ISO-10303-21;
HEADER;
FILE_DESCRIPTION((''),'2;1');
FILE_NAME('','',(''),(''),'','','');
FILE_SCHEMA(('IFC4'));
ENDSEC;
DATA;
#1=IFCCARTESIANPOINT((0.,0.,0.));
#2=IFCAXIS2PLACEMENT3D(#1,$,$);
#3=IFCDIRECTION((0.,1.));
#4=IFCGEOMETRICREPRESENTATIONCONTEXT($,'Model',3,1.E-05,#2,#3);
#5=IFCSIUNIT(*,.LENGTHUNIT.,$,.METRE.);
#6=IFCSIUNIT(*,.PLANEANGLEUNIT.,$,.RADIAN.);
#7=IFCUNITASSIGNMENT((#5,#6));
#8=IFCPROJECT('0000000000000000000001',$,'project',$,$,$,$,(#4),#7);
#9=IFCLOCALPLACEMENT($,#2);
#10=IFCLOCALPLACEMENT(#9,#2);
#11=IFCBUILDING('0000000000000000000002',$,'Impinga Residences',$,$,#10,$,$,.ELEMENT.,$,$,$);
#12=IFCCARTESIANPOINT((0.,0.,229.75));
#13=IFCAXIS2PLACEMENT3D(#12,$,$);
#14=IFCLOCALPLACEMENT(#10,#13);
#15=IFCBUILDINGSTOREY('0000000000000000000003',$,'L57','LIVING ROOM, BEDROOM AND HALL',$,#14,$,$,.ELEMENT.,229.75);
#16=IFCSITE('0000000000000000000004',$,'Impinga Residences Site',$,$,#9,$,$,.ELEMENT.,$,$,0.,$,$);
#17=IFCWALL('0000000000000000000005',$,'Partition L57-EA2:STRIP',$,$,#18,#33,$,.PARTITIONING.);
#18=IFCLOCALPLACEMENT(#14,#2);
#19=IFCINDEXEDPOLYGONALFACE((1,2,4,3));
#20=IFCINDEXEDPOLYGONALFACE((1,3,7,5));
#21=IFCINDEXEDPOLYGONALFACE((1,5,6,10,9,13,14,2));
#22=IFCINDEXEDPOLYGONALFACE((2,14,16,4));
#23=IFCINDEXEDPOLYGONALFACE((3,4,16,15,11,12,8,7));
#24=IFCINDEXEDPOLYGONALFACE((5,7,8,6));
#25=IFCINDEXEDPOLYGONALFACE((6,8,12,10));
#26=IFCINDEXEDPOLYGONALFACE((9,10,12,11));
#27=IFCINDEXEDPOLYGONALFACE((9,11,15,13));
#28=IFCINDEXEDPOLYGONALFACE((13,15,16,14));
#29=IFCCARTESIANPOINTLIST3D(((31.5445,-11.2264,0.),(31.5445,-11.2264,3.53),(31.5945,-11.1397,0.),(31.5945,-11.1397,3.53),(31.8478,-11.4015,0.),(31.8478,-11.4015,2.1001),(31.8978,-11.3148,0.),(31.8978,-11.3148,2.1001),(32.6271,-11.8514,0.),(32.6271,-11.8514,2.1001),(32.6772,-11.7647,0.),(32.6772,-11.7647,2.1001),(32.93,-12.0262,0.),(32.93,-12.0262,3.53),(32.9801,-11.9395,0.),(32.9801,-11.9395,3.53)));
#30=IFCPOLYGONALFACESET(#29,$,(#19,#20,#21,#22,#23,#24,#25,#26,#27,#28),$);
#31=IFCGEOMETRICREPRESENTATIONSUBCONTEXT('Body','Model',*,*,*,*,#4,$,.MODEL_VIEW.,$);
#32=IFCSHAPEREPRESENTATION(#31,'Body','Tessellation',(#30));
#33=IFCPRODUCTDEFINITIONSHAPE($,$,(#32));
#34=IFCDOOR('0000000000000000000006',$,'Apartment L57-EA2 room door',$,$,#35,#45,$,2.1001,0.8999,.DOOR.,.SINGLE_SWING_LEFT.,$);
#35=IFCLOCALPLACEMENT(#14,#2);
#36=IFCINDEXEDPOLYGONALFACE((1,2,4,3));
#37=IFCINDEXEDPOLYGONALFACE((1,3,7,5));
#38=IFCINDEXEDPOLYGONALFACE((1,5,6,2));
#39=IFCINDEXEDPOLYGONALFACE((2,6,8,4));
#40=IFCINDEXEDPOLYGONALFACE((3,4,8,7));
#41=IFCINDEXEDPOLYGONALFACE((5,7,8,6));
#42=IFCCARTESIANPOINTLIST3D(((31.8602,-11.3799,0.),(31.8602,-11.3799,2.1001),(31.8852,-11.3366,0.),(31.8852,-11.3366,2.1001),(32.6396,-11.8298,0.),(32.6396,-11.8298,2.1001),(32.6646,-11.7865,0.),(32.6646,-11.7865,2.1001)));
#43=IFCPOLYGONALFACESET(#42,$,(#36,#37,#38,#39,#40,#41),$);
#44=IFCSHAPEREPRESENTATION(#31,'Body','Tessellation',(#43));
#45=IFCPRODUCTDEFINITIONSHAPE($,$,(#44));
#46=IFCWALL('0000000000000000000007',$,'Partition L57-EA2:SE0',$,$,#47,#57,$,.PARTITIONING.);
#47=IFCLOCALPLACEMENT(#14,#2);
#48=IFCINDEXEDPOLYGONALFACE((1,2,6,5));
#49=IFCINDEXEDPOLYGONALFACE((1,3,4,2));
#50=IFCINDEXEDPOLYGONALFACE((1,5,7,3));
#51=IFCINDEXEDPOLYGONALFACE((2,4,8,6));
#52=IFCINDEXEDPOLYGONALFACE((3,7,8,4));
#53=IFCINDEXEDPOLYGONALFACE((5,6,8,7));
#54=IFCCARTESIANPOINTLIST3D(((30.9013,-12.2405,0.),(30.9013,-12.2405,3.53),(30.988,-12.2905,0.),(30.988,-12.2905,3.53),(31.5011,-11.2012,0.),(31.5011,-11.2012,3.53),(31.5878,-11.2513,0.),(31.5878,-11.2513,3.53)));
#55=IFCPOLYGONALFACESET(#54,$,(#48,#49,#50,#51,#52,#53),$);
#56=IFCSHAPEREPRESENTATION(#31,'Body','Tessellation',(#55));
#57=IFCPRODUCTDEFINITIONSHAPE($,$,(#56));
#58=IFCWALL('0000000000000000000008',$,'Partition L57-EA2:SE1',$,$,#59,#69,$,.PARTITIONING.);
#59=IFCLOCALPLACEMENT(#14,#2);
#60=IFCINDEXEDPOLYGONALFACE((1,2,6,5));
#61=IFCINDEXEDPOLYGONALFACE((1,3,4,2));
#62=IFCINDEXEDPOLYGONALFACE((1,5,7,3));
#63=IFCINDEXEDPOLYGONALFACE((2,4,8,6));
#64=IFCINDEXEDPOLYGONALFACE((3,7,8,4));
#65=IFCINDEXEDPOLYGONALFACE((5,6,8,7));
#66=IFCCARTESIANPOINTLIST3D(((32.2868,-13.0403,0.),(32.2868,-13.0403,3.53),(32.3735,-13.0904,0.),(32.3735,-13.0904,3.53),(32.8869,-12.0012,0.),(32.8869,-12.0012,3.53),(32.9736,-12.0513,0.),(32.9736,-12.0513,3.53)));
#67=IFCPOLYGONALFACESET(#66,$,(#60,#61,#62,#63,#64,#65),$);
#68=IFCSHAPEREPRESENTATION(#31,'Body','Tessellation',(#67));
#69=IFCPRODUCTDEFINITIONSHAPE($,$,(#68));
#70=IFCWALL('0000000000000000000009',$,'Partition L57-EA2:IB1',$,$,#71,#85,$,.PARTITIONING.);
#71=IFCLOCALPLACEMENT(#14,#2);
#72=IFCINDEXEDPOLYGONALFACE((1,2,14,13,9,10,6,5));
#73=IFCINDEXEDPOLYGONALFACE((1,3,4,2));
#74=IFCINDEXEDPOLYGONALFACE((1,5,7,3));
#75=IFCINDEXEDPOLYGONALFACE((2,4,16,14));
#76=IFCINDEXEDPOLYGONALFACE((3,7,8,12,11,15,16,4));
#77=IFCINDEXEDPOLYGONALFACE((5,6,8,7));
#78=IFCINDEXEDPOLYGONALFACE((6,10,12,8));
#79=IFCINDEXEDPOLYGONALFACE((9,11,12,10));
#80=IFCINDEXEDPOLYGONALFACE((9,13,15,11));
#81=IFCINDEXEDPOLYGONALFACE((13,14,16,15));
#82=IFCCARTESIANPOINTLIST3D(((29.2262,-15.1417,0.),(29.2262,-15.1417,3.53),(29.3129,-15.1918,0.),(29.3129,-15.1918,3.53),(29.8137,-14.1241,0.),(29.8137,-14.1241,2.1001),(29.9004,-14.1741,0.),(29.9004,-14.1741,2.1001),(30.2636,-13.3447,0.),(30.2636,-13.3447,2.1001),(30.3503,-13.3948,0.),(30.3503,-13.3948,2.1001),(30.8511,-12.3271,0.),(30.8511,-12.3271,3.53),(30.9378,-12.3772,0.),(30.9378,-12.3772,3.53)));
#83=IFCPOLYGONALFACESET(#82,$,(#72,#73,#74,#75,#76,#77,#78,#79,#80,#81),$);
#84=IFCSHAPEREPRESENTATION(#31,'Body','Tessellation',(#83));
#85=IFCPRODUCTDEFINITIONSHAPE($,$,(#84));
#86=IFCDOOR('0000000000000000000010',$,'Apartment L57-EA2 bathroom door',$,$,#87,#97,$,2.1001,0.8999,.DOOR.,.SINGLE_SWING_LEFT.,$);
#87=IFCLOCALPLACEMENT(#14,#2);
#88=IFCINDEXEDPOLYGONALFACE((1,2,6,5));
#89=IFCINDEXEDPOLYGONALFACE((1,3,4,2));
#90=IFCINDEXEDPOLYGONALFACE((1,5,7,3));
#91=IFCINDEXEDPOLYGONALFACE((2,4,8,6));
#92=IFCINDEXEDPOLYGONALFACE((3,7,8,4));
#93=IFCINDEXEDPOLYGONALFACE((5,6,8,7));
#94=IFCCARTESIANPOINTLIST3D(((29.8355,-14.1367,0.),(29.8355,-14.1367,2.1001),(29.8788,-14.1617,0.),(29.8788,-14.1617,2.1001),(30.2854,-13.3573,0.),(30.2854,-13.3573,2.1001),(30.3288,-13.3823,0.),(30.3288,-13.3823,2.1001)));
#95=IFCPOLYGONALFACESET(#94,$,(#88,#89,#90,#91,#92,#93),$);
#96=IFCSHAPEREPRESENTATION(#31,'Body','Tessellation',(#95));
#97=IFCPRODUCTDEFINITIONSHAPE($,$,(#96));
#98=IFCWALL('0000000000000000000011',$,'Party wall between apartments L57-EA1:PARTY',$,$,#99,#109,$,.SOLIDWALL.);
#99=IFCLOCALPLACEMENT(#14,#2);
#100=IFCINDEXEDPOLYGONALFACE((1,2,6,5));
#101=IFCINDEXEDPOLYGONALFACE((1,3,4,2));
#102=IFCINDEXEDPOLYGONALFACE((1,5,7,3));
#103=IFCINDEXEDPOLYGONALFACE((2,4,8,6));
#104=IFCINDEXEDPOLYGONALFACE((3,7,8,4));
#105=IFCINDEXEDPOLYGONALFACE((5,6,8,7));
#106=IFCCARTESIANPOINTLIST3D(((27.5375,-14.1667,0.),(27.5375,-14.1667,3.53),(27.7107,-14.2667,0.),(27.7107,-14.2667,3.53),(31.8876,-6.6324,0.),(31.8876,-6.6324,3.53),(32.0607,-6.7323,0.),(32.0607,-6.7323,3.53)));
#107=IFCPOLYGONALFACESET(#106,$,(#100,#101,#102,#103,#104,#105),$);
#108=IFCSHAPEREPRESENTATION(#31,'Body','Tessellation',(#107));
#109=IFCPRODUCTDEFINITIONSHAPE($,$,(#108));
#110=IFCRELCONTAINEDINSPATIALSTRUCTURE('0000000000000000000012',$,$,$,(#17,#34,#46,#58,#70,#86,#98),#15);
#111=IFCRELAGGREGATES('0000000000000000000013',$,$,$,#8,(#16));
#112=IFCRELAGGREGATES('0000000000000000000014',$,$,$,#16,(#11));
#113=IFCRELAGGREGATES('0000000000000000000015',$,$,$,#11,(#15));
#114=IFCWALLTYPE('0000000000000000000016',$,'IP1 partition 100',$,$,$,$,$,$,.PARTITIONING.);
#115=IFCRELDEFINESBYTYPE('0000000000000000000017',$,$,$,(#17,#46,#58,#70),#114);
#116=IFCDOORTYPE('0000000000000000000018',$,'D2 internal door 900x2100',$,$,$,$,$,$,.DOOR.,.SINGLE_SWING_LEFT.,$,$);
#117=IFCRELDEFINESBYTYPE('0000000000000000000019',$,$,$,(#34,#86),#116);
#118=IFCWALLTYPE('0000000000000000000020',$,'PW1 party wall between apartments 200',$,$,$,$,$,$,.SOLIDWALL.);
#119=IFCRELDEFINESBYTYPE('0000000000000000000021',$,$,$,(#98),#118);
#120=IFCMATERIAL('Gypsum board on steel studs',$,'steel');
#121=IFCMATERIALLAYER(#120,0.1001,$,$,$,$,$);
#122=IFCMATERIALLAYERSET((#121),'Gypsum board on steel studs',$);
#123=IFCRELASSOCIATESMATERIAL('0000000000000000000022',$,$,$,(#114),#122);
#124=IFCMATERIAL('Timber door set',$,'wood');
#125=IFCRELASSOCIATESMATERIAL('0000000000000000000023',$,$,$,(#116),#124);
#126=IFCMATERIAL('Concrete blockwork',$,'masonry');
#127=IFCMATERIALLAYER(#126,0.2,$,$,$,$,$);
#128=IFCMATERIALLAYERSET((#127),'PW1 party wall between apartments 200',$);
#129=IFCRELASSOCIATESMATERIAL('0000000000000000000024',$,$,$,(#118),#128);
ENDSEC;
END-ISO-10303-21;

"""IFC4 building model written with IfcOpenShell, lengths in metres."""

from ifc_helpers import new_model, si_unit, direction, frame, frame_2d, origin, place, context, subcontext, project, spatial, rectangle, extrude, material, layer, layer_set, type_object, element, fill, save


model = new_model("IFC4")

# Units and contexts
model_context = context("Model", 3, precision=1e-05, world=origin(), true_north=direction((0.0, 1.0)))
body_context = subcontext(model_context, "Body", "Model", "MODEL_VIEW")
ifc_project = project(units=[si_unit("LENGTHUNIT", "METRE"), si_unit("PLANEANGLEUNIT", "RADIAN")], contexts=[model_context])

# Site, building, storey
site_placement = place(None, origin())
site = spatial("IfcSite", under=ifc_project, at=site_placement, Name="Impinga Residences Site", CompositionType="ELEMENT", RefElevation=0.0)
building_placement = place(site_placement, origin())
building = spatial("IfcBuilding", under=site, at=building_placement, Name="Impinga Residences", CompositionType="ELEMENT")
storey_placement = place(building_placement, frame((0.0, 0.0, 229.75)))
storey = spatial("IfcBuildingStorey", under=building, at=storey_placement, Name="L57", Description="LIVING ROOM, BEDROOM AND HALL", CompositionType="ELEMENT", Elevation=229.75)

# Shared definitions
ifc_material_1 = material(Name="Concrete blockwork", Category="masonry")
ifc_material_2 = material(Name="Timber door set", Category="wood")

# Shared definitions
ifc_material_3 = material(Name="Gypsum board on steel studs", Category="steel")
ifc_layer_1 = layer(ifc_material_3, 0.1001)
ifc_layer_set_1 = layer_set([ifc_layer_1], Name="Gypsum board on steel studs")
wall_type_1 = type_object("IfcWallType", Name="IP1 partition 100", PredefinedType="PARTITIONING", material=ifc_layer_set_1)

# Wall, opening, door
wall_1_placement = place(storey_placement, frame((31.5696, -11.1831, 0.0), z_axis=(0.0, 0.0, 1.0), x_axis=(0.866056, -0.499947, 0.0)))
wall_1 = element("IfcWall", 1, at=wall_1_placement, inside=storey, type_object=wall_type_1, Name="Partition L57-EA2:STRIP", PredefinedType="PARTITIONING", context=body_context, shape_type="SweptSolid", body=[
    extrude(rectangle(XDim=1.5999, YDim=0.1001, at=frame_2d((0.7998, 0.0))), origin(), (0.0, 0.0, 1.0), 3.53),
])
opening_1_placement = place(wall_1_placement, frame((0.3501, 0.0, 0.0)))
opening_1 = element("IfcOpeningElement", 2, at=opening_1_placement, cuts=wall_1, PredefinedType="OPENING", context=body_context, shape_type="SweptSolid", body=[
    extrude(rectangle(XDim=0.8999, YDim=2.1001, at=frame_2d((0.45, 1.05))), frame((0.0, 0.0601, 0.0), z_axis=(0.0, -1.0, 0.0), x_axis=(1.0, 0.0, 0.0)), (0.0, 0.0, 1.0), 0.1201),
])
door_type_1 = type_object("IfcDoorType", Name="D2 internal door 900x2100", OperationType="SINGLE_SWING_LEFT", PredefinedType="DOOR", material=ifc_material_2)
door_1_placement = place(opening_1_placement, origin())
door_1 = element("IfcDoor", 3, at=door_1_placement, inside=storey, type_object=door_type_1, Name="Apartment L57-EA2 room door", OperationType="SINGLE_SWING_LEFT", OverallHeight=2.1001, OverallWidth=0.8999, PredefinedType="DOOR", context=body_context, shape_type="SweptSolid", body=[
    extrude(rectangle(XDim=0.8999, YDim=2.1001, at=frame_2d((0.45, 1.05))), frame((0.0, 0.0249, 0.0), z_axis=(0.0, -1.0, 0.0), x_axis=(1.0, 0.0, 0.0)), (0.0, 0.0, 1.0), 0.05),
])
fill(opening_1, door_1)

# Walls
for number, where, z_axis, x_axis, name in (
    (4, (30.9446, -12.2656, 0.0), (0.0, 0.0, 1.0), (0.499881, 0.866094, 0.0), "Partition L57-EA2:SE0"),
    (5, (32.3301, -13.0654, 0.0), (0.0, 0.0, 1.0), (0.500122, 0.865955, 0.0), "Partition L57-EA2:SE1"),
):
    element("IfcWall", number, at=place(storey_placement, frame(where, z_axis=z_axis, x_axis=x_axis)), inside=storey, type_object=wall_type_1, Name=name, PredefinedType="PARTITIONING", context=body_context, shape_type="SweptSolid", body=[
        extrude(rectangle(XDim=1.2, YDim=0.1001, at=frame_2d((0.6001, 0.0))), origin(), (0.0, 0.0, 1.0), 3.53),
    ])

# Wall, opening, door
wall_2_placement = place(storey_placement, frame((29.2695, -15.1667, 0.0), z_axis=(0.0, 0.0, 1.0), x_axis=(0.499985, 0.866034, 0.0)))
wall_2 = element("IfcWall", 6, at=wall_2_placement, inside=storey, type_object=wall_type_1, Name="Partition L57-EA2:IB1", PredefinedType="PARTITIONING", context=body_context, shape_type="SweptSolid", body=[
    extrude(rectangle(XDim=3.25, YDim=0.1001, at=frame_2d((1.625, 0.0))), origin(), (0.0, 0.0, 1.0), 3.53),
])
opening_2_placement = place(wall_2_placement, frame((1.175, 0.0, 0.0)))
opening_2 = element("IfcOpeningElement", 7, at=opening_2_placement, cuts=wall_2, PredefinedType="OPENING", context=body_context, shape_type="SweptSolid", body=[
    extrude(rectangle(XDim=0.8999, YDim=2.1001, at=frame_2d((0.45, 1.05))), frame((0.0, 0.0601, 0.0), z_axis=(0.0, -1.0, 0.0), x_axis=(1.0, 0.0, 0.0)), (0.0, 0.0, 1.0), 0.1201),
])
door_2_placement = place(opening_2_placement, origin())
door_2 = element("IfcDoor", 8, at=door_2_placement, inside=storey, type_object=door_type_1, Name="Apartment L57-EA2 bathroom door", OperationType="SINGLE_SWING_LEFT", OverallHeight=2.1001, OverallWidth=0.8999, PredefinedType="DOOR", context=body_context, shape_type="SweptSolid", body=[
    extrude(rectangle(XDim=0.8999, YDim=2.1001, at=frame_2d((0.45, 1.05))), frame((0.0, 0.0249, 0.0), z_axis=(0.0, -1.0, 0.0), x_axis=(1.0, 0.0, 0.0)), (0.0, 0.0, 1.0), 0.05),
])
fill(opening_2, door_2)

# Wall
ifc_layer_2 = layer(ifc_material_1, 0.2)
ifc_layer_set_2 = layer_set([ifc_layer_2], Name="PW1 party wall between apartments 200")
wall_type_2 = type_object("IfcWallType", Name="PW1 party wall between apartments 200", PredefinedType="SOLIDWALL", material=ifc_layer_set_2)
wall_3_placement = place(storey_placement, frame((27.624, -14.2168, 0.0), z_axis=(0.0, 0.0, 1.0), x_axis=(0.500008, 0.866021, 0.0)))
element("IfcWall", 9, at=wall_3_placement, inside=storey, type_object=wall_type_2, Name="Party wall between apartments L57-EA1:PARTY", PredefinedType="SOLIDWALL", context=body_context, shape_type="SweptSolid", body=[
    extrude(rectangle(XDim=8.7, YDim=0.2, at=frame_2d((4.3501, 0.0))), origin(), (0.0, 0.0, 1.0), 3.53),
])

save(model, "model.ifc")
